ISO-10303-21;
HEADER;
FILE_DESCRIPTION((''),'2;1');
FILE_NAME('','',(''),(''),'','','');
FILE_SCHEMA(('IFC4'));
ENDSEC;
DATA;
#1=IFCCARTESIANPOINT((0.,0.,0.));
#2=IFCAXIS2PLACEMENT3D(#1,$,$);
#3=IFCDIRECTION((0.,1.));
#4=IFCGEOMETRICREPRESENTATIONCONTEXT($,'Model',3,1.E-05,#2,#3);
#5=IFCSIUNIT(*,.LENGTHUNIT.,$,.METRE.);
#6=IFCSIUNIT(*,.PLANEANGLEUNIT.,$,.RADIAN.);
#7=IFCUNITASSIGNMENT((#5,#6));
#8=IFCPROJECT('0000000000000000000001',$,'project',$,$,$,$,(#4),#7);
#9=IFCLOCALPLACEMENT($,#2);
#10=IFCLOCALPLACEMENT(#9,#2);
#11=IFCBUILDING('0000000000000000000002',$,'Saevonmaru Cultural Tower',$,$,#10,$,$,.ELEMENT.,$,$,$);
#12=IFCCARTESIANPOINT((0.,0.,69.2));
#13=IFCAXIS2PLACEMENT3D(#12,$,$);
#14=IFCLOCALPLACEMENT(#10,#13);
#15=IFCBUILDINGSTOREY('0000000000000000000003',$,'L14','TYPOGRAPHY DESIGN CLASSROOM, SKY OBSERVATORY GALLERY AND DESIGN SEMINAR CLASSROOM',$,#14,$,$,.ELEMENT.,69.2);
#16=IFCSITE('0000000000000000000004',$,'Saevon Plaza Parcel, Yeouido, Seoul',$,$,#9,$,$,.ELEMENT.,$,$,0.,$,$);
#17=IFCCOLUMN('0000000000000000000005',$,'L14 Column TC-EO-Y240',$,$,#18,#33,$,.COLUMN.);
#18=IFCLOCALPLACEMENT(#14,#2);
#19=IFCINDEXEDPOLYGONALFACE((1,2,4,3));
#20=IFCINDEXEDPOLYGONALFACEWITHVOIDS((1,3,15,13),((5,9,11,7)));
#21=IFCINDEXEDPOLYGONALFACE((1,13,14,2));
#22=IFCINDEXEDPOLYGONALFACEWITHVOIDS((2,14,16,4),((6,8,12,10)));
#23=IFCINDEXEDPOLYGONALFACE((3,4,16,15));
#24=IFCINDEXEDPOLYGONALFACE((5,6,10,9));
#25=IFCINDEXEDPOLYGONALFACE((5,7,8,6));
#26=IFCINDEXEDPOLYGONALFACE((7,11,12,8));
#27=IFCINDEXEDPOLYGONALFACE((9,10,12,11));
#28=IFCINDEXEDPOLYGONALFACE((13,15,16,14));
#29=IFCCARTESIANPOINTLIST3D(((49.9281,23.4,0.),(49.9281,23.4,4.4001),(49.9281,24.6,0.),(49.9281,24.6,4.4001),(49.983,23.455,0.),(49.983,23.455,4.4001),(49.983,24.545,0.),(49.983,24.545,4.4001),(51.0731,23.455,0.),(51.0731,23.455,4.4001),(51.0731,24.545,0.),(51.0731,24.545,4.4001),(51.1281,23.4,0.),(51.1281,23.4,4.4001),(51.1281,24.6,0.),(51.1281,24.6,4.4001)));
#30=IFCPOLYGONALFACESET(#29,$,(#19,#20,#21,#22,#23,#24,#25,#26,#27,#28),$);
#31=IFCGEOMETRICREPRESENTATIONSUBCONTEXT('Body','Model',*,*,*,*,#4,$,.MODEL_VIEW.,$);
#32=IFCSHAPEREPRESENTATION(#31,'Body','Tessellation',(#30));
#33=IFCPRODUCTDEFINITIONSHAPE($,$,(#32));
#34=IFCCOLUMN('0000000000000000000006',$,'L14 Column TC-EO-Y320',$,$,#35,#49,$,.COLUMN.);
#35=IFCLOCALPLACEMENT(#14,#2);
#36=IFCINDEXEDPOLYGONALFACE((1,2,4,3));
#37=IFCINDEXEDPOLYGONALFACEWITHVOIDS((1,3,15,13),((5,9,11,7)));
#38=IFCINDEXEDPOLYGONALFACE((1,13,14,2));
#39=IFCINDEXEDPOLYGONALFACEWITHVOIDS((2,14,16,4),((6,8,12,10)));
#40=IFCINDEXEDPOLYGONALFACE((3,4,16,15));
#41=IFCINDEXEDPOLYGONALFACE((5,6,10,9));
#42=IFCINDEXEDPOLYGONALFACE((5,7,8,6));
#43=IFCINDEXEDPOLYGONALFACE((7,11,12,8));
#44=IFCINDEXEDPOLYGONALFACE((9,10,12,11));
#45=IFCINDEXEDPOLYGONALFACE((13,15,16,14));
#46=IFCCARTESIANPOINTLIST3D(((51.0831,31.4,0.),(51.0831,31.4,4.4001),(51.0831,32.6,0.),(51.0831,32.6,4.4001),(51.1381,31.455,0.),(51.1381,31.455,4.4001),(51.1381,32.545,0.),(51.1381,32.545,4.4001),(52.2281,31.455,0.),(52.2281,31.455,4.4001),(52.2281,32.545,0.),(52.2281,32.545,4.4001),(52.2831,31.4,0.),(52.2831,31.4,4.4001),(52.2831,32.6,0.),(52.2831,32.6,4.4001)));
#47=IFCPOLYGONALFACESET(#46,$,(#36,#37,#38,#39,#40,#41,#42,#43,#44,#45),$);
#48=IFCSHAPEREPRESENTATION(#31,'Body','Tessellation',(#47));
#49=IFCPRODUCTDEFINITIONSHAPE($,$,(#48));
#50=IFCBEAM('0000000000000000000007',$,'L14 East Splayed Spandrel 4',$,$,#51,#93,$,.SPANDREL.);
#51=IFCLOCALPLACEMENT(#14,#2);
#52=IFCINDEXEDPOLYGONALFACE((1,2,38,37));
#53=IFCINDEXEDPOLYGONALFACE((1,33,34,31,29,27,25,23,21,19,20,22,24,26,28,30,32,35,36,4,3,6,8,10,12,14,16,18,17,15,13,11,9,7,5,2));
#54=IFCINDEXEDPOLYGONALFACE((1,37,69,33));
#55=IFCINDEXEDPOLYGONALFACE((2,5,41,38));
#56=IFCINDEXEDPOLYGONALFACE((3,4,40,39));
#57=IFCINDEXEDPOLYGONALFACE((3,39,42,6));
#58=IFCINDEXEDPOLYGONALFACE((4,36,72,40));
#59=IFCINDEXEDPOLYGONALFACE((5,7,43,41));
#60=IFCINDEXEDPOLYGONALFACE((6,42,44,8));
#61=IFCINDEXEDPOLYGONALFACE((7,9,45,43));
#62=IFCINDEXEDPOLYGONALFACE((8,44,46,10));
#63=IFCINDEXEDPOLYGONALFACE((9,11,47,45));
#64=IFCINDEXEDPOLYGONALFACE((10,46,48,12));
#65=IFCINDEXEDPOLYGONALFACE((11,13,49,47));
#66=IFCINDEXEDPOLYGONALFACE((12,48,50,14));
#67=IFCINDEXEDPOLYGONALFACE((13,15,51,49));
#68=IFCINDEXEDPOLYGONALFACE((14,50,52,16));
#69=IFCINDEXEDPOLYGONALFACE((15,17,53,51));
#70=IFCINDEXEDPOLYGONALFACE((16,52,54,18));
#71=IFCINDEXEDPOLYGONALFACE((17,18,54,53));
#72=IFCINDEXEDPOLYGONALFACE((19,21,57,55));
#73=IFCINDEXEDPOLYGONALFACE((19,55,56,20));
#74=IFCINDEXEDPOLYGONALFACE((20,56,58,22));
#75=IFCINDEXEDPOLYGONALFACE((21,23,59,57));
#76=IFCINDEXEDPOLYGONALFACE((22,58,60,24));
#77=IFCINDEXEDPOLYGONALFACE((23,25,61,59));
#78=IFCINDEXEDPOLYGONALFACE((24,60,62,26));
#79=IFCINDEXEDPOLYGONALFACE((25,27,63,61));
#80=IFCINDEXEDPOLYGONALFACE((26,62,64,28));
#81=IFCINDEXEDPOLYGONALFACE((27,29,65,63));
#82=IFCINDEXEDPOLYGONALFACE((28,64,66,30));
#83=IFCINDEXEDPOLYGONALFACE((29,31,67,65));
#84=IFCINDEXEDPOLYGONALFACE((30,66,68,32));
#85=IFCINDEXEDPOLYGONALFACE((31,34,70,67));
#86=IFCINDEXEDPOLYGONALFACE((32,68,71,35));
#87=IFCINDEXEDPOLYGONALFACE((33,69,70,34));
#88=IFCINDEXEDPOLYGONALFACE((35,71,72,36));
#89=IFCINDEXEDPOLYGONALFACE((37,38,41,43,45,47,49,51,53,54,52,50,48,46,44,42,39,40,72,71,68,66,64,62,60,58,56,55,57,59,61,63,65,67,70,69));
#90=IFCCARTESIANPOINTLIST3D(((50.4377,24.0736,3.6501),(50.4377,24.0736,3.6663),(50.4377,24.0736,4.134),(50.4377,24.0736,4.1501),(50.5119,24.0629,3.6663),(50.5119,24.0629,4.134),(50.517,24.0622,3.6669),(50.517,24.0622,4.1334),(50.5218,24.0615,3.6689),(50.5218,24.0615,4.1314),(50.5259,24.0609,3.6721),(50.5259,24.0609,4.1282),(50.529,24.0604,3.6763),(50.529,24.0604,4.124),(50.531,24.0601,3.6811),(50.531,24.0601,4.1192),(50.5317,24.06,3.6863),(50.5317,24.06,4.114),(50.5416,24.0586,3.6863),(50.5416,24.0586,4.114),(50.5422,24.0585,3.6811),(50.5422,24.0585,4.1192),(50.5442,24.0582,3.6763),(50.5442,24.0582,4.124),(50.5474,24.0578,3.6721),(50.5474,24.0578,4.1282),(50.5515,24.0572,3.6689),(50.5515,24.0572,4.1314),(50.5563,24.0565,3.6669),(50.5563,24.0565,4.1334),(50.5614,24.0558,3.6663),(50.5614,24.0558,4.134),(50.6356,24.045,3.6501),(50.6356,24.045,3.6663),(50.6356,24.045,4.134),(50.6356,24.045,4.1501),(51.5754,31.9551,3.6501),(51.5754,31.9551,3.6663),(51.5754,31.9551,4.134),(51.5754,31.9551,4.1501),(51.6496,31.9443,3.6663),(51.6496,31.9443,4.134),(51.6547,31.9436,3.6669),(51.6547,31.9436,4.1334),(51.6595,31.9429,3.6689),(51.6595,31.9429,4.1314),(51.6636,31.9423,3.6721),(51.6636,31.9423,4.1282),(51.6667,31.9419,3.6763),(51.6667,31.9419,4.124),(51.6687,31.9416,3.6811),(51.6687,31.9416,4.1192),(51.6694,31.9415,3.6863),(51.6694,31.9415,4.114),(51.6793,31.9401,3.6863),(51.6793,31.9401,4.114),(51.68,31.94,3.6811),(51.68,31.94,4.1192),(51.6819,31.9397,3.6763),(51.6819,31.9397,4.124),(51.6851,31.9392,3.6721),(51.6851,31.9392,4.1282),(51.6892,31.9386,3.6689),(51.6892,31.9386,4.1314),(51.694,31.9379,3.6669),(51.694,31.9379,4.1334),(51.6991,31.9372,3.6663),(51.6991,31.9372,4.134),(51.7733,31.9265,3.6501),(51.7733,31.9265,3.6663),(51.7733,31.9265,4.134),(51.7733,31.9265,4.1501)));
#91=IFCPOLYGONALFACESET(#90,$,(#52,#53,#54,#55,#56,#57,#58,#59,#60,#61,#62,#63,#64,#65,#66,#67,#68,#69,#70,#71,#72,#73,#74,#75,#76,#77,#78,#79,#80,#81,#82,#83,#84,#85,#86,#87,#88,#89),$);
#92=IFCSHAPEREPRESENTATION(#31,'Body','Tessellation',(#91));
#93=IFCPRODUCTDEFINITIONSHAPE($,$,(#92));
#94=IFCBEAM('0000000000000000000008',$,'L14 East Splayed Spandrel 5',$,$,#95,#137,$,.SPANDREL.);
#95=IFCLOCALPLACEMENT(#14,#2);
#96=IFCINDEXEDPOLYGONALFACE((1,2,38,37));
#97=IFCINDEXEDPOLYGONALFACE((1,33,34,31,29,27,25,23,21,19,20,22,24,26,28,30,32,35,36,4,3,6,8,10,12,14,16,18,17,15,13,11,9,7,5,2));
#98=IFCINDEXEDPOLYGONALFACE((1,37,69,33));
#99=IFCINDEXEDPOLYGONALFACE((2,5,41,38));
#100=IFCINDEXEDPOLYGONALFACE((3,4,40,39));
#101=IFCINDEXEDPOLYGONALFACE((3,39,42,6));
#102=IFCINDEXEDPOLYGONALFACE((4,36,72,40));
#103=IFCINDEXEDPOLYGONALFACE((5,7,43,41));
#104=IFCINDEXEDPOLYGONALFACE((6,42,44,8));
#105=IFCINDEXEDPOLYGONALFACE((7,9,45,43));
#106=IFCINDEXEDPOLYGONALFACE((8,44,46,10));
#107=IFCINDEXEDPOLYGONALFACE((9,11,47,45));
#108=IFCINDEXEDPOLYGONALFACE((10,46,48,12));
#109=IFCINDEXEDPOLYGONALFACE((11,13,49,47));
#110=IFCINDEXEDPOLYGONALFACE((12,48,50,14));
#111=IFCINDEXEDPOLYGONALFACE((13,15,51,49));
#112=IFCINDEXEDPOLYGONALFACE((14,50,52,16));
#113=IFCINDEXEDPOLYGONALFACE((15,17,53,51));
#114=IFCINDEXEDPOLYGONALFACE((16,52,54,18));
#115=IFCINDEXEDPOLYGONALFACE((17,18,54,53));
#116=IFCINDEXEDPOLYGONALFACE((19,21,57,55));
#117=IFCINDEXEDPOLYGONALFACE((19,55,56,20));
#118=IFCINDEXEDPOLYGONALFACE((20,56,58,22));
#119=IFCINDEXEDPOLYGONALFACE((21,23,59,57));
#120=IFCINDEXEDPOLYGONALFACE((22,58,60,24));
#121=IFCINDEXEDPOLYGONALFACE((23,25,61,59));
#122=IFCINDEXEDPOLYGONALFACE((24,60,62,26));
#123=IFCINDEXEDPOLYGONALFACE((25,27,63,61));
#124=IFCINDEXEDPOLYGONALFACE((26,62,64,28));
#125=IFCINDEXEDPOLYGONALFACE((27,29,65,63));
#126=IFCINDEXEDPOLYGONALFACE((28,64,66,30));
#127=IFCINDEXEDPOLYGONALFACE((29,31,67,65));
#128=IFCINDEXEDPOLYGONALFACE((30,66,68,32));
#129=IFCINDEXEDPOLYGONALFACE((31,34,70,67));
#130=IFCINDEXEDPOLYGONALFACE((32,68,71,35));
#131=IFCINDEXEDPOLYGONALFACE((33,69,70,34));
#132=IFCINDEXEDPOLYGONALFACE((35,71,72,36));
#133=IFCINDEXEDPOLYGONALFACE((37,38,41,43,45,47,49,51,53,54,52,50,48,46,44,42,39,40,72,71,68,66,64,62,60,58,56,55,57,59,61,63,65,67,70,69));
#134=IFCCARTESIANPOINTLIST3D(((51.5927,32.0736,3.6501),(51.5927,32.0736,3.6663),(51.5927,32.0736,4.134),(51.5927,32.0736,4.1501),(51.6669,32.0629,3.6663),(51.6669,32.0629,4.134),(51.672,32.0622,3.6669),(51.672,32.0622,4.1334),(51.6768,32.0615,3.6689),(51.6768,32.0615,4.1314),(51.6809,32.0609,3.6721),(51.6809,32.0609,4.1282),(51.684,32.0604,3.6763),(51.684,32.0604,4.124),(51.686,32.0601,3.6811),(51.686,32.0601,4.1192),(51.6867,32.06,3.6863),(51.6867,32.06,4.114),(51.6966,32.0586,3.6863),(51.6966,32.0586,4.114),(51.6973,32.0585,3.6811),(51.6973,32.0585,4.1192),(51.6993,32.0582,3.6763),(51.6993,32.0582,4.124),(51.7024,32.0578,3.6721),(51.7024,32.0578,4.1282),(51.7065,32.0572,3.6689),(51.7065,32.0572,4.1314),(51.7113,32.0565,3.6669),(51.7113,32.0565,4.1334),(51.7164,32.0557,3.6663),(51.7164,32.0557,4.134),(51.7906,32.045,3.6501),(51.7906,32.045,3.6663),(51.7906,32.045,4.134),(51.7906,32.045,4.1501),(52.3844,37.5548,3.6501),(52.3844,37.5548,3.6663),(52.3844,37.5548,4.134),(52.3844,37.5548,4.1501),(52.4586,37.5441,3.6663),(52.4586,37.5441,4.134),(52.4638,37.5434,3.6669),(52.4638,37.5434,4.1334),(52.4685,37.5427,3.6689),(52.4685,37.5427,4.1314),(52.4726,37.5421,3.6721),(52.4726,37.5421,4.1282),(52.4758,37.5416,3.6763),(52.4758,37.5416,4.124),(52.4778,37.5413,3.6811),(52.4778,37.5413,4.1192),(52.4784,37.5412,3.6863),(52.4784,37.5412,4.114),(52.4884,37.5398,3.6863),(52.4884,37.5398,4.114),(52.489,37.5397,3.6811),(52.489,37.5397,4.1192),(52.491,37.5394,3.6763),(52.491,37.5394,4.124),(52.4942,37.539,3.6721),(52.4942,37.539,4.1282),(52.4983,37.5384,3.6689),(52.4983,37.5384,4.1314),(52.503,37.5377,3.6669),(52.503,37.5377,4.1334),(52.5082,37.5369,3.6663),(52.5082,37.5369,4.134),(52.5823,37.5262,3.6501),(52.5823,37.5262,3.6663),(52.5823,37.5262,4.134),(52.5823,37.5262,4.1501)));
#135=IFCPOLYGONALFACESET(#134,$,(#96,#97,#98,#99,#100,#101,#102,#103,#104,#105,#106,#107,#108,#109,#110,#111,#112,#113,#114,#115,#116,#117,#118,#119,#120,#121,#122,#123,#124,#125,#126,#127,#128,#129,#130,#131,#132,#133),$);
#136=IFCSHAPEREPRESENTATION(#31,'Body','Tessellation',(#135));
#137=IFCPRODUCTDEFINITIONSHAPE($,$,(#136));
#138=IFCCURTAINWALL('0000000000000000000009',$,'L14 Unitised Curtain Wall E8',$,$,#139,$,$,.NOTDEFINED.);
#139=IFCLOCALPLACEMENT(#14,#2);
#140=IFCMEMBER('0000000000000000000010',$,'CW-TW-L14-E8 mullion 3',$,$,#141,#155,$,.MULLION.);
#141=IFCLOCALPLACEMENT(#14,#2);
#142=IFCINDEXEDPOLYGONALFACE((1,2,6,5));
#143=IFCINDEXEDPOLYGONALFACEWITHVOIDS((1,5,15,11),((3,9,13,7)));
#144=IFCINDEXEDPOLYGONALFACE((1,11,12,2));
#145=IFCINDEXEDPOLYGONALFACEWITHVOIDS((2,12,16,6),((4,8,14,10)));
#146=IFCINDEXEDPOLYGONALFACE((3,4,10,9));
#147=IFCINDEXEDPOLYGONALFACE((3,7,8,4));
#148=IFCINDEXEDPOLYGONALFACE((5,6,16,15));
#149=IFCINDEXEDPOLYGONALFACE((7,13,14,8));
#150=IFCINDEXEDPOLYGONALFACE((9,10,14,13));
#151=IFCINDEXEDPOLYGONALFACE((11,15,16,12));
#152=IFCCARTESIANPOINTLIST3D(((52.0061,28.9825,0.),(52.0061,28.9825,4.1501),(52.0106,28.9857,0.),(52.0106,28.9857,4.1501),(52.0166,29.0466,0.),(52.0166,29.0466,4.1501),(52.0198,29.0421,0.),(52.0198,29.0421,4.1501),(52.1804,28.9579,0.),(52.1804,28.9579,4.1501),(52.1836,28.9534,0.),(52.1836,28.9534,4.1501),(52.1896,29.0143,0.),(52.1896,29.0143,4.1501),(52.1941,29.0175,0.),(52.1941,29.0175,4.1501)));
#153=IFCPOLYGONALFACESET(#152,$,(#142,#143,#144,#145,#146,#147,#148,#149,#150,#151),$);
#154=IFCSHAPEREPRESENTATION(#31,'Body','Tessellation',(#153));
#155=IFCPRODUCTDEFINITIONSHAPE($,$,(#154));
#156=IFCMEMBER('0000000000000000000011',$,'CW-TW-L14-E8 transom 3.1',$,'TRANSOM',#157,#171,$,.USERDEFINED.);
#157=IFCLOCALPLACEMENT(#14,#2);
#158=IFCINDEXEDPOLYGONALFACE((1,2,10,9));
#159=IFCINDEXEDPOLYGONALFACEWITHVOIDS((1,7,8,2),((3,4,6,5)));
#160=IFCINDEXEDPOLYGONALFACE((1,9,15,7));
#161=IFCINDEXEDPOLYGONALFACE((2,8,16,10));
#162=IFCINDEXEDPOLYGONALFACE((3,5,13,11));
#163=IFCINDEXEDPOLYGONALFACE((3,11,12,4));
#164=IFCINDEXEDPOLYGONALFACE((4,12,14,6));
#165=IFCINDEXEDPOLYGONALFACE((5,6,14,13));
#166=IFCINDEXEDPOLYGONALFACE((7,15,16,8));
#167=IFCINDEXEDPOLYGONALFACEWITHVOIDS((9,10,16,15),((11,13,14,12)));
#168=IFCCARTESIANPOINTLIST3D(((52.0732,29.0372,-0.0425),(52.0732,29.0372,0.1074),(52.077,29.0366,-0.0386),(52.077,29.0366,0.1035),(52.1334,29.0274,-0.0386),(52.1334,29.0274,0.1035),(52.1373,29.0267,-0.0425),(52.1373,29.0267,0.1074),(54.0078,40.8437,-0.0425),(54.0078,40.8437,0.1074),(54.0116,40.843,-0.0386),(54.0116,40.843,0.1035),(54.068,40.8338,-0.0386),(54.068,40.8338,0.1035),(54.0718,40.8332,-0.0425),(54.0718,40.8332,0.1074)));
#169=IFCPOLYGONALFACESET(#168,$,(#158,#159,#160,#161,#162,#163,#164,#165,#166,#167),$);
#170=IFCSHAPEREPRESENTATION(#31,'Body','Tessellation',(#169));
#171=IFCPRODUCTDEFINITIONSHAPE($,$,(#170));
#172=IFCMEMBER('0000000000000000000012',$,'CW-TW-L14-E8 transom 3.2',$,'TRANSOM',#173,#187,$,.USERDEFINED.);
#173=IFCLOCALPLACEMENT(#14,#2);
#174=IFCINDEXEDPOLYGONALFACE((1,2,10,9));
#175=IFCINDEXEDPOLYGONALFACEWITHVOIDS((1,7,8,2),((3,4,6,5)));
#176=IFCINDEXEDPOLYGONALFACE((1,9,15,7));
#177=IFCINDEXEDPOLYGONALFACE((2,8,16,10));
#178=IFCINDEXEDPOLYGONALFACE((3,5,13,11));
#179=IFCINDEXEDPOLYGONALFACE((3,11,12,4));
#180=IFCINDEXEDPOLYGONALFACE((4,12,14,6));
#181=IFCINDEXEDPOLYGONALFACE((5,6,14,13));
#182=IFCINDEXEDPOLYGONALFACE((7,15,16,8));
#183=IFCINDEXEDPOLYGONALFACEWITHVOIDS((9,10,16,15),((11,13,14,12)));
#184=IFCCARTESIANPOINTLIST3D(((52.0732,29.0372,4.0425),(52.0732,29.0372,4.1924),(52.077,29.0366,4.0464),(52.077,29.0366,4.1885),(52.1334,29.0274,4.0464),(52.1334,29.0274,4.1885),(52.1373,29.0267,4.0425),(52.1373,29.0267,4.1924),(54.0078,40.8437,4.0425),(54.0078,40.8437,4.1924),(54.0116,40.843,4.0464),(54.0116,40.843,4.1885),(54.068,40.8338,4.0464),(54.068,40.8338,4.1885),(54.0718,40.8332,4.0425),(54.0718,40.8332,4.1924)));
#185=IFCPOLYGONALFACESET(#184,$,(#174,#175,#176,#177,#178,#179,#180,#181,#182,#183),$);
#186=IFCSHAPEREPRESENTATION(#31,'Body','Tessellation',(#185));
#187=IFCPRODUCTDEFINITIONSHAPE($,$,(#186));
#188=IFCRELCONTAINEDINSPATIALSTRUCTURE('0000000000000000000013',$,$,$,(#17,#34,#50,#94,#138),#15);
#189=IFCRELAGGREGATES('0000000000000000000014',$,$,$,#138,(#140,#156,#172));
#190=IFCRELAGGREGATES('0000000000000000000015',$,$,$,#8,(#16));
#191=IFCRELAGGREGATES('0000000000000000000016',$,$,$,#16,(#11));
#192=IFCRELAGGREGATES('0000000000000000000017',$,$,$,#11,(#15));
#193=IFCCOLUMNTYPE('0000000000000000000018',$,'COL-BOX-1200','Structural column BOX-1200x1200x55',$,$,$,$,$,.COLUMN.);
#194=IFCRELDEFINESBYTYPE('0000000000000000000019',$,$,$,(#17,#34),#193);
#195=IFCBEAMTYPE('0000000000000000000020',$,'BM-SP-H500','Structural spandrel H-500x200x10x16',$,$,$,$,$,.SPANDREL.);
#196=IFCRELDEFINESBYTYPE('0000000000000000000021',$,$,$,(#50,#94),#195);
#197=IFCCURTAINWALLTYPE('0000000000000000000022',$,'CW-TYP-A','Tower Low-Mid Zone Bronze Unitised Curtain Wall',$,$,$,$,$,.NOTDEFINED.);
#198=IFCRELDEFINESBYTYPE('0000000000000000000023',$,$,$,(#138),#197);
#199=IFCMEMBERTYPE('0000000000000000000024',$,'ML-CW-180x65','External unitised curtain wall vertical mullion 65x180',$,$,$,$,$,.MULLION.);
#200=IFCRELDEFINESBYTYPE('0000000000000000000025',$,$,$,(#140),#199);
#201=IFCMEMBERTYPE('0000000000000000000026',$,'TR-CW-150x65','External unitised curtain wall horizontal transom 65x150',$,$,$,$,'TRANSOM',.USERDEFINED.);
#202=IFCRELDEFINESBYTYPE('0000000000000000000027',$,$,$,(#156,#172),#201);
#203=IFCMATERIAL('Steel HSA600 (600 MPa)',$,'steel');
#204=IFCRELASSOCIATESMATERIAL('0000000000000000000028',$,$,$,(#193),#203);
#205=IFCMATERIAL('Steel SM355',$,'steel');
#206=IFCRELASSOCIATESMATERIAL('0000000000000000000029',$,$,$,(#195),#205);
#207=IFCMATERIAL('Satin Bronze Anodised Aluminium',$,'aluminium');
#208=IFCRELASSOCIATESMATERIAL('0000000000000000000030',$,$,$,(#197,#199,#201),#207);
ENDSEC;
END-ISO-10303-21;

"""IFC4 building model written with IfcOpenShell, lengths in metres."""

from ifc_helpers import new_model, si_unit, direction, frame, origin, origin_2d, place, context, subcontext, project, spatial, hollow_rectangle, i_section, extrude, material, material_profile, profile_set, type_object, element, aggregate, save


model = new_model("IFC4")

# Units and contexts
model_context = context("Model", 3, precision=1e-05, world=origin(), true_north=direction((0.0, 1.0)))
body_context = subcontext(model_context, "Body", "Model", "MODEL_VIEW")
ifc_project = project(units=[si_unit("LENGTHUNIT", "METRE"), si_unit("PLANEANGLEUNIT", "RADIAN")], contexts=[model_context])

# Site, building, storey
site_placement = place(None, origin())
site = spatial("IfcSite", under=ifc_project, at=site_placement, Name="Saevon Plaza Parcel, Yeouido, Seoul", CompositionType="ELEMENT", RefElevation=0.0)
building_placement = place(site_placement, origin())
building = spatial("IfcBuilding", under=site, at=building_placement, Name="Saevonmaru Cultural Tower", CompositionType="ELEMENT")
storey_placement = place(building_placement, frame((0.0, 0.0, 69.2)))
storey = spatial("IfcBuildingStorey", under=building, at=storey_placement, Name="L14", Description="TYPOGRAPHY DESIGN CLASSROOM, SKY OBSERVATORY GALLERY AND DESIGN SEMINAR CLASSROOM", CompositionType="ELEMENT", Elevation=69.2)

# Columns
ifc_material_1 = material(Name="Steel HSA600 (600 MPa)", Category="steel")
ifc_material_profile_1 = material_profile(ifc_material_1, hollow_rectangle(XDim=1.2, YDim=1.2, WallThickness=0.0549, at=origin_2d()), Name="BOX-1200x1200x55")
ifc_profile_set_1 = profile_set([ifc_material_profile_1], Name="Steel HSA600 (600 MPa)")
column_type = type_object("IfcColumnType", Name="COL-BOX-1200", Description="Structural column BOX-1200x1200x55", PredefinedType="COLUMN", material=ifc_profile_set_1)
for number, where, z_axis, x_axis, name in (
    (1, (50.5281, 24.0, 0.0), (0.0, 0.0, 1.0), (1.0, 0.0, 0.0), "L14 Column TC-EO-Y240"),
    (2, (51.6831, 32.0, 0.0), (0.0, 0.0, 1.0), (1.0, 0.0, 0.0), "L14 Column TC-EO-Y320"),
):
    element("IfcColumn", number, at=place(storey_placement, frame(where, z_axis=z_axis, x_axis=x_axis)), inside=storey, type_object=column_type, Name=name, PredefinedType="COLUMN", context=body_context, shape_type="SweptSolid", body=[
        extrude(hollow_rectangle(XDim=1.2, YDim=1.2, WallThickness=0.0549, at=origin_2d()), origin(), (0.0, 0.0, 1.0), 4.4001),
    ])

# Beams
ifc_material_2 = material(Name="Steel SM355", Category="steel")
ifc_material_profile_2 = material_profile(ifc_material_2, i_section(OverallWidth=0.2, OverallDepth=0.5, WebThickness=0.01, FlangeThickness=0.0161, FilletRadius=0.02, at=origin_2d()), Name="H-500x200x10x16")
ifc_profile_set_2 = profile_set([ifc_material_profile_2], Name="Steel SM355")
beam_type = type_object("IfcBeamType", Name="BM-SP-H500", Description="Structural spandrel H-500x200x10x16", PredefinedType="SPANDREL", material=ifc_profile_set_2)
beam_1_placement = place(storey_placement, frame((50.5366, 24.0593, 3.9001), z_axis=(0.142872, 0.989741, 0.0), x_axis=(-0.989741, 0.142872, 0.0)))
element("IfcBeam", 3, at=beam_1_placement, inside=storey, type_object=beam_type, Name="L14 East Splayed Spandrel 4", PredefinedType="SPANDREL", context=body_context, shape_type="SweptSolid", body=[
    extrude(i_section(OverallWidth=0.2, OverallDepth=0.5, WebThickness=0.01, FlangeThickness=0.0161, FilletRadius=0.02, at=origin_2d()), origin(), (0.0, 0.0, 1.0), 7.9631),
])
beam_2_placement = place(storey_placement, frame((51.6917, 32.0593, 3.9001), z_axis=(0.142964, 0.989728, 0.0), x_axis=(-0.989728, 0.142964, 0.0)))
element("IfcBeam", 4, at=beam_2_placement, inside=storey, type_object=beam_type, Name="L14 East Splayed Spandrel 5", PredefinedType="SPANDREL", context=body_context, shape_type="SweptSolid", body=[
    extrude(i_section(OverallWidth=0.2, OverallDepth=0.5, WebThickness=0.01, FlangeThickness=0.0161, FilletRadius=0.02, at=origin_2d()), origin(), (0.0, 0.0, 1.0), 5.5381),
])

# Curtain wall, members
ifc_material_3 = material(Name="Satin Bronze Anodised Aluminium", Category="aluminium")
curtain_wall_type = type_object("IfcCurtainWallType", Name="CW-TYP-A", Description="Tower Low-Mid Zone Bronze Unitised Curtain Wall", PredefinedType="NOTDEFINED", material=ifc_material_3)
curtain_wall_placement = place(storey_placement, origin())
curtain_wall = element("IfcCurtainWall", 5, at=curtain_wall_placement, inside=storey, type_object=curtain_wall_type, Name="L14 Unitised Curtain Wall E8", PredefinedType="NOTDEFINED")
ifc_material_profile_3 = material_profile(ifc_material_3, hollow_rectangle(XDim=0.0649, YDim=0.1799, WallThickness=0.0039, at=origin_2d()), Name="ALU-MULL-180x65x4")
ifc_profile_set_3 = profile_set([ifc_material_profile_3], Name="Satin Bronze Anodised Aluminium")
member_type_1 = type_object("IfcMemberType", Name="ML-CW-180x65", Description="External unitised curtain wall vertical mullion 65x180", PredefinedType="MULLION", material=ifc_profile_set_3)
member_1_placement = place(storey_placement, frame((52.1001, 29.0, 0.0), z_axis=(0.0, 0.0, 1.0), x_axis=(0.161709, 0.986839, 0.0)))
member_1 = element("IfcMember", 6, at=member_1_placement, type_object=member_type_1, Name="CW-TW-L14-E8 mullion 3", PredefinedType="MULLION", context=body_context, shape_type="SweptSolid", body=[
    extrude(hollow_rectangle(XDim=0.0649, YDim=0.1799, WallThickness=0.0039, at=origin_2d()), origin(), (0.0, 0.0, 1.0), 4.1501),
])
ifc_material_profile_4 = material_profile(ifc_material_3, hollow_rectangle(XDim=0.0649, YDim=0.1499, WallThickness=0.0039, at=origin_2d()), Name="ALU-TRAN-150x65x4")
ifc_profile_set_4 = profile_set([ifc_material_profile_4], Name="Satin Bronze Anodised Aluminium")
member_type_2 = type_object("IfcMemberType", Name="TR-CW-150x65", Description="External unitised curtain wall horizontal transom 65x150", ElementType="TRANSOM", PredefinedType="USERDEFINED", material=ifc_profile_set_4)
member_2_placement = place(storey_placement, frame((52.1052, 29.032, 0.0325), z_axis=(0.161701, 0.98684, 0.0), x_axis=(-0.98684, 0.161701, 0.0)))
member_2 = element("IfcMember", 7, at=member_2_placement, type_object=member_type_2, Name="CW-TW-L14-E8 transom 3.1", ObjectType="TRANSOM", PredefinedType="USERDEFINED", context=body_context, shape_type="SweptSolid", body=[
    extrude(hollow_rectangle(XDim=0.0649, YDim=0.1499, WallThickness=0.0039, at=origin_2d()), origin(), (0.0, 0.0, 1.0), 11.9639),
])
member_3_placement = place(storey_placement, frame((52.1052, 29.032, 4.1174), z_axis=(0.161701, 0.98684, 0.0), x_axis=(-0.98684, 0.161701, 0.0)))
member_3 = element("IfcMember", 8, at=member_3_placement, type_object=member_type_2, Name="CW-TW-L14-E8 transom 3.2", ObjectType="TRANSOM", PredefinedType="USERDEFINED", context=body_context, shape_type="SweptSolid", body=[
    extrude(hollow_rectangle(XDim=0.0649, YDim=0.1499, WallThickness=0.0039, at=origin_2d()), origin(), (0.0, 0.0, 1.0), 11.9639),
])
aggregate(curtain_wall, [member_1, member_2, member_3])

save(model, "model.ifc")
